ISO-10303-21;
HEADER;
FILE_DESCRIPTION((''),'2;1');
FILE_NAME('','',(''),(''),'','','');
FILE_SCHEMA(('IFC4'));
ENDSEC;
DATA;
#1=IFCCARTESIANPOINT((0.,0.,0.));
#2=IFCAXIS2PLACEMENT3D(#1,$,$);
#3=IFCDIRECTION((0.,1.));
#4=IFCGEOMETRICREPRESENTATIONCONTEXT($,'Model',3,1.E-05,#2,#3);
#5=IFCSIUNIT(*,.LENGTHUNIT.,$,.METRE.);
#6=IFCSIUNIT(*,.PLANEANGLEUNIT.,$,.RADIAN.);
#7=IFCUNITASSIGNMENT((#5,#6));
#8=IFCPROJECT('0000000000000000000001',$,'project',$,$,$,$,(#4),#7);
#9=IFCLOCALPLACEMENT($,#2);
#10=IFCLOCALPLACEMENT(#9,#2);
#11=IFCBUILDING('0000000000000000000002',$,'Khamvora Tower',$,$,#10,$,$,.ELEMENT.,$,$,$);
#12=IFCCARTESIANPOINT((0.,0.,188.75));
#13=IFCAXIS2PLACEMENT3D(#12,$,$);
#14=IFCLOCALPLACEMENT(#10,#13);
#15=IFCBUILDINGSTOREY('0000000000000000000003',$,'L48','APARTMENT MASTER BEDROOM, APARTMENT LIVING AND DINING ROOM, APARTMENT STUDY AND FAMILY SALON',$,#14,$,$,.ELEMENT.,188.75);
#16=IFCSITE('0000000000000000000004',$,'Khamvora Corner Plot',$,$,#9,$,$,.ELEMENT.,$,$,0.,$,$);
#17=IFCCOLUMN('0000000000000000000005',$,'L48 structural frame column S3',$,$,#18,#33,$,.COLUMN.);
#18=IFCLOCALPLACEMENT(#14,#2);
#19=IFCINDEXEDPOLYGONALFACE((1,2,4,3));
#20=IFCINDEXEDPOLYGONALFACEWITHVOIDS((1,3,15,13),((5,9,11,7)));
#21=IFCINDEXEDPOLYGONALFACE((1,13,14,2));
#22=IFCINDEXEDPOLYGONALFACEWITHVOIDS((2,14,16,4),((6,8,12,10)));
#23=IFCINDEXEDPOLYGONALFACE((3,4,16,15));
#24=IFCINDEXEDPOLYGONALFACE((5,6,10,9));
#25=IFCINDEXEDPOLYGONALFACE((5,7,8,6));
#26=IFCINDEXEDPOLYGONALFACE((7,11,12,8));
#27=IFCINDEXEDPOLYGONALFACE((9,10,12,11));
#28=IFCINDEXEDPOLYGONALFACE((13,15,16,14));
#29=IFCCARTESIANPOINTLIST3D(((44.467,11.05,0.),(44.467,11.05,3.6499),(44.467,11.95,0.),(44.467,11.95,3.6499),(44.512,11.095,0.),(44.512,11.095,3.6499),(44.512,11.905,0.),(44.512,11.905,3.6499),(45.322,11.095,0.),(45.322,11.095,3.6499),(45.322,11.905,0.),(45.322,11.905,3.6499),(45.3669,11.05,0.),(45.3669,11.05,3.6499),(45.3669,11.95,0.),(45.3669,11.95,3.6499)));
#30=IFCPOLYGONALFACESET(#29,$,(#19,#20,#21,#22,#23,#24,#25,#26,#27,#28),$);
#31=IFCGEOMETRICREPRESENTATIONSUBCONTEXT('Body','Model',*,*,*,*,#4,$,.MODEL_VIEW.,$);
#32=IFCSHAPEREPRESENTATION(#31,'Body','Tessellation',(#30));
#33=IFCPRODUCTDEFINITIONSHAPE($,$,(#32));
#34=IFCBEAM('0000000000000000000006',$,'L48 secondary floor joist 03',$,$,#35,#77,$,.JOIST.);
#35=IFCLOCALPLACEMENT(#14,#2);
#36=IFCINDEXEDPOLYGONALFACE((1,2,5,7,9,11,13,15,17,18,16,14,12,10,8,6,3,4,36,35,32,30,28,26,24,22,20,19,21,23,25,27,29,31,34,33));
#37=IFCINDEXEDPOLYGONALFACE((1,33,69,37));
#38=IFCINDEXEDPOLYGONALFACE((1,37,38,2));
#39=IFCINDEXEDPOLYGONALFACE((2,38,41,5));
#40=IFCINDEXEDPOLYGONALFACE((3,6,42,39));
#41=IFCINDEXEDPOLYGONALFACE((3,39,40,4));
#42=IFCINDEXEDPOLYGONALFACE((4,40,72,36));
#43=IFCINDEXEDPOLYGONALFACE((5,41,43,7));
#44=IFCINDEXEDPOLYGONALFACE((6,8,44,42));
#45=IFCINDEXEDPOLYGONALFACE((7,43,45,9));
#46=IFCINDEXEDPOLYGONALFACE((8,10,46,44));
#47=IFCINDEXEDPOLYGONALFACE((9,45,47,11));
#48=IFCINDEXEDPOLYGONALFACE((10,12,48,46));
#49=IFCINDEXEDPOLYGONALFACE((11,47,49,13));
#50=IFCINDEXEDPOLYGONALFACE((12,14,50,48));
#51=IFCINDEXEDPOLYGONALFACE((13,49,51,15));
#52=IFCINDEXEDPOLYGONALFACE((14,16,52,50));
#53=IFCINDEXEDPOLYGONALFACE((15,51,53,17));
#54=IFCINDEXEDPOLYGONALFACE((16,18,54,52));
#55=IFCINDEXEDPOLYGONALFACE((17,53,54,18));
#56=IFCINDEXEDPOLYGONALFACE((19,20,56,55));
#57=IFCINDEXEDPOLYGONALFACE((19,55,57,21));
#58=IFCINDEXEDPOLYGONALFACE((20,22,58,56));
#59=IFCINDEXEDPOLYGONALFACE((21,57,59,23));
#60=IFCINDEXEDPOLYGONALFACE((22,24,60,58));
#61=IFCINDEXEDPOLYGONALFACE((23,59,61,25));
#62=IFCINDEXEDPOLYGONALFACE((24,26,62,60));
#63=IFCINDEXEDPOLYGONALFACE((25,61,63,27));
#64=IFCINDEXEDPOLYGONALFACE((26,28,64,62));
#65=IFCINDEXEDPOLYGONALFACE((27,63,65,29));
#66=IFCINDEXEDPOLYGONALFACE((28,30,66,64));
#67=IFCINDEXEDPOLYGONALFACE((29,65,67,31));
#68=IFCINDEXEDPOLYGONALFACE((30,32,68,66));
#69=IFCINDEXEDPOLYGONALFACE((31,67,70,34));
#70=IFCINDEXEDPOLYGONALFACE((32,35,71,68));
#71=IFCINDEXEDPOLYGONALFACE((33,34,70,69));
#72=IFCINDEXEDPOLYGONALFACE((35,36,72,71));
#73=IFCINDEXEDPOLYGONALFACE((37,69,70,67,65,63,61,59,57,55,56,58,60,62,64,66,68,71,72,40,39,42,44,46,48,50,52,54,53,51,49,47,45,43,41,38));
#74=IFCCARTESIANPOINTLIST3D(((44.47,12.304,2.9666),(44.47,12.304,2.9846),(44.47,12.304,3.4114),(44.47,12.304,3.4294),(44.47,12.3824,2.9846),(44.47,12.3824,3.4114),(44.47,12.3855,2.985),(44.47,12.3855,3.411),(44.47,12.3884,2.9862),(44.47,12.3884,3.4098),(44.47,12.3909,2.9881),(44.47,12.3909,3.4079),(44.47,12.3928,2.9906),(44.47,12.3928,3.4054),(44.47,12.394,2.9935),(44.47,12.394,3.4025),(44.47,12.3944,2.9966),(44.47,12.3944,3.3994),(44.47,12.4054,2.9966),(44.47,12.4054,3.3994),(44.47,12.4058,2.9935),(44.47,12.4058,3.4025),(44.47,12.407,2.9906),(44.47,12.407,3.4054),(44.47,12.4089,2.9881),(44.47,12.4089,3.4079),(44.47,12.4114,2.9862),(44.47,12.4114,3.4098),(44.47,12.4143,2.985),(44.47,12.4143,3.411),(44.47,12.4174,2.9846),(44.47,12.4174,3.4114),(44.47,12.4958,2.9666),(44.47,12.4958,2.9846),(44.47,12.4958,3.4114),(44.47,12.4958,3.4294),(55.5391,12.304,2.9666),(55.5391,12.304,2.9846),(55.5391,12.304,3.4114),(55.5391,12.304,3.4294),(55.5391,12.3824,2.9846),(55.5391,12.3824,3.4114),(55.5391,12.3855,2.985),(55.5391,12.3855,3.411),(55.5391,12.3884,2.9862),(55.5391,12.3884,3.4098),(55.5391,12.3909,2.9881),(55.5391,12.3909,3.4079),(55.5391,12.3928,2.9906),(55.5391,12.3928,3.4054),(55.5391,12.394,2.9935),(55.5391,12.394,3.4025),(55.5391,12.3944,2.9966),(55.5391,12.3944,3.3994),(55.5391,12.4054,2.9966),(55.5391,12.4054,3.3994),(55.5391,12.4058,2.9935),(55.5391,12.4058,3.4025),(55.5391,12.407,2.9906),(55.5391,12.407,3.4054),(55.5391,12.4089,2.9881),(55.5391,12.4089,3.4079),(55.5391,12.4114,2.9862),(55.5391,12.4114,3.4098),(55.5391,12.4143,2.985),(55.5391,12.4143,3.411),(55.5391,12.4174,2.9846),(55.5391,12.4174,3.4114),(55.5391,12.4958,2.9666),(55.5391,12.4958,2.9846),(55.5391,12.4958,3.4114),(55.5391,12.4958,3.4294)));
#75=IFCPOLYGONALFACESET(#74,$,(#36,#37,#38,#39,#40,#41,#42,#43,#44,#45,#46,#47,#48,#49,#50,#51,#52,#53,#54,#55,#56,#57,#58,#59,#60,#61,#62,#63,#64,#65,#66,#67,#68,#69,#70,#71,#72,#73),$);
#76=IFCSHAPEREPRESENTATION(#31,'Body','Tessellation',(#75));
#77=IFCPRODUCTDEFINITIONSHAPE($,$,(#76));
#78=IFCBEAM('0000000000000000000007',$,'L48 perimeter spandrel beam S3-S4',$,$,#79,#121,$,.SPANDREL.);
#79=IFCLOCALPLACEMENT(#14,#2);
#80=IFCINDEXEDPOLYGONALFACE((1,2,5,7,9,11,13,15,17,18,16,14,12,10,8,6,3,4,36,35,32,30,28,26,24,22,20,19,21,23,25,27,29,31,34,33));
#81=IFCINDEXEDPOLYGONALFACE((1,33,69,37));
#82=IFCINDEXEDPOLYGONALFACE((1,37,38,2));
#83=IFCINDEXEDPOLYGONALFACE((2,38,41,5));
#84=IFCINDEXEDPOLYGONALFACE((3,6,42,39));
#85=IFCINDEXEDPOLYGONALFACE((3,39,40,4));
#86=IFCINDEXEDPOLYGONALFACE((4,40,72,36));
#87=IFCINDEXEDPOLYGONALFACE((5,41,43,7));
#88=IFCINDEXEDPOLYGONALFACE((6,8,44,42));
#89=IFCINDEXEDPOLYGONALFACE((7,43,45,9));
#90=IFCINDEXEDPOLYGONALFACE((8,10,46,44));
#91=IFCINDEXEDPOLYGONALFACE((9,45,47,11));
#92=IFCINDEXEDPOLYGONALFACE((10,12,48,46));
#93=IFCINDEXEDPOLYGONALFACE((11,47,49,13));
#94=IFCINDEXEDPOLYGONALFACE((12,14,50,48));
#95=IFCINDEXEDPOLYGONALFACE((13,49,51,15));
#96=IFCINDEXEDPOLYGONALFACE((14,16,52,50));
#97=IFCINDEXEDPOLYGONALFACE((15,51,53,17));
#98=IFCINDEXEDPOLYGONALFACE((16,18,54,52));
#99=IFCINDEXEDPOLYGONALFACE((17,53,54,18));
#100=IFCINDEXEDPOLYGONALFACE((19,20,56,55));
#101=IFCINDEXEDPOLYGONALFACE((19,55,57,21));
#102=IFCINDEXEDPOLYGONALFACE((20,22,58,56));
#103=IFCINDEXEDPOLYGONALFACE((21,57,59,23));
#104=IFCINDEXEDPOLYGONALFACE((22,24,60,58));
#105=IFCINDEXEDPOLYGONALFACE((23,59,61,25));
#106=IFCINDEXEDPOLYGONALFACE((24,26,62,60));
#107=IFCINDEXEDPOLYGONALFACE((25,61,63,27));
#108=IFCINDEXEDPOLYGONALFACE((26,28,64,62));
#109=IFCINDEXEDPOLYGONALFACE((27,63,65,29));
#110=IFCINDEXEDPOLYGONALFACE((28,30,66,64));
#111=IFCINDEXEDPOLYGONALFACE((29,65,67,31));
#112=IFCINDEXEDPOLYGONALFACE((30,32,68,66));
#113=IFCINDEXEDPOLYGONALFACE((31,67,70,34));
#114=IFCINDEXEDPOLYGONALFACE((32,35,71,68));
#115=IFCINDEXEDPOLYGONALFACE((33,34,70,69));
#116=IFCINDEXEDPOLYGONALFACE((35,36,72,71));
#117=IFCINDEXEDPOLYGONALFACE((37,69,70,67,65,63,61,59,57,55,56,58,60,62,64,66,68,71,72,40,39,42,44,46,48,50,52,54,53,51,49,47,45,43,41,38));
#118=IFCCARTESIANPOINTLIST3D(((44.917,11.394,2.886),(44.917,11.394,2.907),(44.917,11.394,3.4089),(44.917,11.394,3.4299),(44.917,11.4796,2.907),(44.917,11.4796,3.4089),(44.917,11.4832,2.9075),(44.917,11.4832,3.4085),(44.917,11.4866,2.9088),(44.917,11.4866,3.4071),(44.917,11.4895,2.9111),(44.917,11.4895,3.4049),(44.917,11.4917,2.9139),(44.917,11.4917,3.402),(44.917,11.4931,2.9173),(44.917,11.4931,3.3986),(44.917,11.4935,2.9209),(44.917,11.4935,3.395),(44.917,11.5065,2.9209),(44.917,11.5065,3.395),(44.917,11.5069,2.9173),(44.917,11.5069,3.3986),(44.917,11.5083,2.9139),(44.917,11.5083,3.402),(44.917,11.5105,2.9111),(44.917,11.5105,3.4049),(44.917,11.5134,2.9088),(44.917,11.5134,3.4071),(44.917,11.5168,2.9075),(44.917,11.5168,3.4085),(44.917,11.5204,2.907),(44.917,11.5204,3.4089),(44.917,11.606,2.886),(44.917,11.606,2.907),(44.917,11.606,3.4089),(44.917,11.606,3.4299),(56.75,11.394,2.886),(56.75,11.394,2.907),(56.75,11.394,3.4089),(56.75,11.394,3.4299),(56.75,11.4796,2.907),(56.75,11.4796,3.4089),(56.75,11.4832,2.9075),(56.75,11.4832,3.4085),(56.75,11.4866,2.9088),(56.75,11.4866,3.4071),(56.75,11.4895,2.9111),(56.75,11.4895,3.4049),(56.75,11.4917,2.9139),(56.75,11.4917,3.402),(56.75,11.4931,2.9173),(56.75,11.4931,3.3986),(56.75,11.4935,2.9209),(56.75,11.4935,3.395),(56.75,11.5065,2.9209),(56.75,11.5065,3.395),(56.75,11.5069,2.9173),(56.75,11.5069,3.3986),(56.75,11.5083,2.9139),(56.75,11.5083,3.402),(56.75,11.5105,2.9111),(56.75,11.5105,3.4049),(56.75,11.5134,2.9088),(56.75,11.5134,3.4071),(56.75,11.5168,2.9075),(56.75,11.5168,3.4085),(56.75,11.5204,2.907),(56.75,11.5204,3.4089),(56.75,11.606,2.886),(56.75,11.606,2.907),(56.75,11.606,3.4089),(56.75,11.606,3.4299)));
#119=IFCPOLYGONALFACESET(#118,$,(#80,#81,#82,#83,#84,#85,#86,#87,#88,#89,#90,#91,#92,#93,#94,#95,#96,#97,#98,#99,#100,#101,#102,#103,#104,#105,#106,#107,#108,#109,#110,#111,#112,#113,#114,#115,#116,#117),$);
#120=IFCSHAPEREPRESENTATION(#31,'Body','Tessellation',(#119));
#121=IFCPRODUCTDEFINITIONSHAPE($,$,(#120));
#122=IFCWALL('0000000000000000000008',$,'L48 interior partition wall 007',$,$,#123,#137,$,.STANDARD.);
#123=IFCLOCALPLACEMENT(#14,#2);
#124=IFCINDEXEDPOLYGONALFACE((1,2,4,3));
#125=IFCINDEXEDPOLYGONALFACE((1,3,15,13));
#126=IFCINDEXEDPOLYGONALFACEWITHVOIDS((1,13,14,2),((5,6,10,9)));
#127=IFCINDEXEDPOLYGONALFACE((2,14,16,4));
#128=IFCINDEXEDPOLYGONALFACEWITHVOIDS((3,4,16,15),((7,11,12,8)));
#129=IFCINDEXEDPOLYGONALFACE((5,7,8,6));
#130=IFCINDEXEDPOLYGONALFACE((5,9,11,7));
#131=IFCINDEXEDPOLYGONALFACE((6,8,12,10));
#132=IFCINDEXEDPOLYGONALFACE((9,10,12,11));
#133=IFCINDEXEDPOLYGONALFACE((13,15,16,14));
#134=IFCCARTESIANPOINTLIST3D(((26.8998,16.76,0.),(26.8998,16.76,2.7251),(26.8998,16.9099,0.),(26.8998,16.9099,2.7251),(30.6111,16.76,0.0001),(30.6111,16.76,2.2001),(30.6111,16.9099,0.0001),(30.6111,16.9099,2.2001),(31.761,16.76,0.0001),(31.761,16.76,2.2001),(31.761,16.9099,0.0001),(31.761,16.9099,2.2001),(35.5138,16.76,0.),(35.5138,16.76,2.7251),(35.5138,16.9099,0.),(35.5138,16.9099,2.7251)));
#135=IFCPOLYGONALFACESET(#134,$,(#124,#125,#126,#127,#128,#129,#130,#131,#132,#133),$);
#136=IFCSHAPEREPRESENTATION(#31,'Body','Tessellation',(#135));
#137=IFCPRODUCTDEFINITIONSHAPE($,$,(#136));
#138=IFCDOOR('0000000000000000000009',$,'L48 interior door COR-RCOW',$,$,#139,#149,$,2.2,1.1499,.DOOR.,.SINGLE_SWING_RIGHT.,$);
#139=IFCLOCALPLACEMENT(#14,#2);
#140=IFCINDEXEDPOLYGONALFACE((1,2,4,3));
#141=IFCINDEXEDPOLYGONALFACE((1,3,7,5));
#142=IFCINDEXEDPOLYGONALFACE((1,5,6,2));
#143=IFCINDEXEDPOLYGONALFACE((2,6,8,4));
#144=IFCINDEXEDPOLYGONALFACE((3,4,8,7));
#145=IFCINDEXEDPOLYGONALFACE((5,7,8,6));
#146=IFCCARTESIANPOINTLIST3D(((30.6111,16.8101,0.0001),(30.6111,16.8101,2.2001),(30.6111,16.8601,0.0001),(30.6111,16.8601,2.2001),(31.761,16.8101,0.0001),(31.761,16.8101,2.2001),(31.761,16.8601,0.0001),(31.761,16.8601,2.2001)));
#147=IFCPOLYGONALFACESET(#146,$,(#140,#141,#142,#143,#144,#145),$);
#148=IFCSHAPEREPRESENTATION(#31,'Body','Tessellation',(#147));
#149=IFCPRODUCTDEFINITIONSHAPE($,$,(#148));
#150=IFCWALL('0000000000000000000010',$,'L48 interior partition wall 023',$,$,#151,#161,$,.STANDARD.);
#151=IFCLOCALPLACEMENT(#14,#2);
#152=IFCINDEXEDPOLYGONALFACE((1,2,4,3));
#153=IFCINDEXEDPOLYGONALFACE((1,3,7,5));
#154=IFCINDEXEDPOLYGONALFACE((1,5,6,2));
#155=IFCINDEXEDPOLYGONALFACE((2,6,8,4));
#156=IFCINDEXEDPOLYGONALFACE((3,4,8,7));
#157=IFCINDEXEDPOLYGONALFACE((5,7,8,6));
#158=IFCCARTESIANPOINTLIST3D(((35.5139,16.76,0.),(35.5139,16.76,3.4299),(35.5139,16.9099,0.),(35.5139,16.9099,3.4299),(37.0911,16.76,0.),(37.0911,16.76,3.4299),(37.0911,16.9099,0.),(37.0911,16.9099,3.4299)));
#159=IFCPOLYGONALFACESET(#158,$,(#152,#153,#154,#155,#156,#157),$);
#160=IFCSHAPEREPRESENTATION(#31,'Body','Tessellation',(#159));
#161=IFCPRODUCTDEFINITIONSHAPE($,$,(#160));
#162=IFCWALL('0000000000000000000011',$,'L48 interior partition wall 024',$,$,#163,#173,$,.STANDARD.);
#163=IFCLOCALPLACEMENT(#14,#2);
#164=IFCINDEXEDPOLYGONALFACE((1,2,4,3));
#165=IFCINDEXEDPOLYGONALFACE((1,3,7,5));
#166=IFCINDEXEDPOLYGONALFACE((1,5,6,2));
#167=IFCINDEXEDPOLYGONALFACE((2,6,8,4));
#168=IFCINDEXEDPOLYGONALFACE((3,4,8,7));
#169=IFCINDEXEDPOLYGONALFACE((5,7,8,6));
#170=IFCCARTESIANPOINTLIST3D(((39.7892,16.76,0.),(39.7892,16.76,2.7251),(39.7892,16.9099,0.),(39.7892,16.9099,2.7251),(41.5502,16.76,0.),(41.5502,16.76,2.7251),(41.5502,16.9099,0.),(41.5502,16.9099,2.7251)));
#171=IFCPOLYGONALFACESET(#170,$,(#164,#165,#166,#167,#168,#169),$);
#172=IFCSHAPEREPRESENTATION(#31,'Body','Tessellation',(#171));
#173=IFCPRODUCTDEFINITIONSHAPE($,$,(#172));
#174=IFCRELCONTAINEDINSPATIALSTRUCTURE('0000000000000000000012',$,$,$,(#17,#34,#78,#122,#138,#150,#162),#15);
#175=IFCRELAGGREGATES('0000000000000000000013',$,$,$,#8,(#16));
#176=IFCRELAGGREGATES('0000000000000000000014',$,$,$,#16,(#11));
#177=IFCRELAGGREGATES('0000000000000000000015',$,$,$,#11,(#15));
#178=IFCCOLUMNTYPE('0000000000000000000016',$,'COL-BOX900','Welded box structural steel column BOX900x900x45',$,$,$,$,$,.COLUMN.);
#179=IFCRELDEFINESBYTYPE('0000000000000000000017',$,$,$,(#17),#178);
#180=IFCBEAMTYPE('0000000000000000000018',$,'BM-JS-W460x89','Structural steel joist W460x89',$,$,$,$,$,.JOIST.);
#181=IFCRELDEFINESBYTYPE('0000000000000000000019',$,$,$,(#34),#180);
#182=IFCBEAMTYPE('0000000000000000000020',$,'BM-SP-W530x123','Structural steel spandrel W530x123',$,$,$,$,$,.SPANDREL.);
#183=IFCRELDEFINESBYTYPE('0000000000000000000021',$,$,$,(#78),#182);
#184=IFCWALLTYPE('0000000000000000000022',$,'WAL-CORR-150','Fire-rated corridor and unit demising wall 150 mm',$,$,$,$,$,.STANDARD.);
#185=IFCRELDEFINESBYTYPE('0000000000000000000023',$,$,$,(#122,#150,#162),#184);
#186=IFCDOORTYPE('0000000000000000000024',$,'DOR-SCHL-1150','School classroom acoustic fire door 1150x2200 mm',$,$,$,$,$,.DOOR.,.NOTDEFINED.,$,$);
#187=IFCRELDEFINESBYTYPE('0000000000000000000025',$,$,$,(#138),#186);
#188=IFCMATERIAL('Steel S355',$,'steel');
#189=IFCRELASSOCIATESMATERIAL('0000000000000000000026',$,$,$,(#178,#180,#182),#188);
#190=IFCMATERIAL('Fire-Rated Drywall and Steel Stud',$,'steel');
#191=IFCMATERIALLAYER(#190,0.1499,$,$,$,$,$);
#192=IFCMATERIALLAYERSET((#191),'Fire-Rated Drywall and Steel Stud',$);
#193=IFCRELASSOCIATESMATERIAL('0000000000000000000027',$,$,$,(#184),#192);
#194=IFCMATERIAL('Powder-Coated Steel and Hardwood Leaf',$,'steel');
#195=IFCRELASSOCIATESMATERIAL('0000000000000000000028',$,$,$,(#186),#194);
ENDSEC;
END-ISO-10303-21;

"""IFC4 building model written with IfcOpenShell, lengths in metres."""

from ifc_helpers import new_model, si_unit, direction, frame, frame_2d, origin, origin_2d, place, context, subcontext, project, spatial, rectangle, hollow_rectangle, i_section, extrude, material, layer, layer_set, material_profile, profile_set, type_object, element, fill, save


model = new_model("IFC4")

# Units and contexts
model_context = context("Model", 3, precision=1e-05, world=origin(), true_north=direction((0.0, 1.0)))
body_context = subcontext(model_context, "Body", "Model", "MODEL_VIEW")
ifc_project = project(units=[si_unit("LENGTHUNIT", "METRE"), si_unit("PLANEANGLEUNIT", "RADIAN")], contexts=[model_context])

# Site, building, storey
site_placement = place(None, origin())
site = spatial("IfcSite", under=ifc_project, at=site_placement, Name="Khamvora Corner Plot", CompositionType="ELEMENT", RefElevation=0.0)
building_placement = place(site_placement, origin())
building = spatial("IfcBuilding", under=site, at=building_placement, Name="Khamvora Tower", CompositionType="ELEMENT")
storey_placement = place(building_placement, frame((0.0, 0.0, 188.75)))
storey = spatial("IfcBuildingStorey", under=building, at=storey_placement, Name="L48", Description="APARTMENT MASTER BEDROOM, APARTMENT LIVING AND DINING ROOM, APARTMENT STUDY AND FAMILY SALON", CompositionType="ELEMENT", Elevation=188.75)

# Column
ifc_material_1 = material(Name="Steel S355", Category="steel")
ifc_material_profile_1 = material_profile(ifc_material_1, hollow_rectangle(XDim=0.8999, YDim=0.8999, WallThickness=0.0449, at=origin_2d()), Name="BOX900x900x45")
ifc_profile_set_1 = profile_set([ifc_material_profile_1], Name="Steel S355")
column_type = type_object("IfcColumnType", Name="COL-BOX900", Description="Welded box structural steel column BOX900x900x45", PredefinedType="COLUMN", material=ifc_profile_set_1)
column_placement = place(storey_placement, frame((44.917, 11.5, 0.0), z_axis=(0.0, 0.0, 1.0), x_axis=(1.0, 0.0, 0.0)))
element("IfcColumn", 1, at=column_placement, inside=storey, type_object=column_type, Name="L48 structural frame column S3", PredefinedType="COLUMN", context=body_context, shape_type="SweptSolid", body=[
    extrude(hollow_rectangle(XDim=0.8999, YDim=0.8999, WallThickness=0.0449, at=origin_2d()), origin(), (0.0, 0.0, 1.0), 3.6499),
])

# Beams
ifc_material_profile_2 = material_profile(ifc_material_1, i_section(OverallWidth=0.1919, OverallDepth=0.4629, WebThickness=0.011, FlangeThickness=0.0181, FilletRadius=0.012, at=origin_2d()), Name="W460x89")
ifc_profile_set_2 = profile_set([ifc_material_profile_2], Name="Steel S355")
beam_type_1 = type_object("IfcBeamType", Name="BM-JS-W460x89", Description="Structural steel joist W460x89", PredefinedType="JOIST", material=ifc_profile_set_2)
beam_1_placement = place(storey_placement, frame((44.47, 12.3999, 3.198), z_axis=(1.0, 0.0, 0.0), x_axis=(0.0, 1.0, 0.0)))
element("IfcBeam", 2, at=beam_1_placement, inside=storey, type_object=beam_type_1, Name="L48 secondary floor joist 03", PredefinedType="JOIST", context=body_context, shape_type="SweptSolid", body=[
    extrude(i_section(OverallWidth=0.1919, OverallDepth=0.4629, WebThickness=0.011, FlangeThickness=0.0181, FilletRadius=0.012, at=origin_2d()), origin(), (0.0, 0.0, 1.0), 11.0691),
])
ifc_material_profile_3 = material_profile(ifc_material_1, i_section(OverallWidth=0.2119, OverallDepth=0.5439, WebThickness=0.0129, FlangeThickness=0.021, FilletRadius=0.0139, at=origin_2d()), Name="W530x123")
ifc_profile_set_3 = profile_set([ifc_material_profile_3], Name="Steel S355")
beam_type_2 = type_object("IfcBeamType", Name="BM-SP-W530x123", Description="Structural steel spandrel W530x123", PredefinedType="SPANDREL", material=ifc_profile_set_3)
beam_2_placement = place(storey_placement, frame((44.917, 11.5, 3.158), z_axis=(1.0, 0.0, 0.0), x_axis=(0.0, 1.0, 0.0)))
element("IfcBeam", 3, at=beam_2_placement, inside=storey, type_object=beam_type_2, Name="L48 perimeter spandrel beam S3-S4", PredefinedType="SPANDREL", context=body_context, shape_type="SweptSolid", body=[
    extrude(i_section(OverallWidth=0.2119, OverallDepth=0.5439, WebThickness=0.0129, FlangeThickness=0.021, FilletRadius=0.0139, at=origin_2d()), origin(), (0.0, 0.0, 1.0), 11.833),
])

# Wall, opening, door
ifc_material_2 = material(Name="Fire-Rated Drywall and Steel Stud", Category="steel")
ifc_layer_1 = layer(ifc_material_2, 0.1499)
ifc_layer_set_1 = layer_set([ifc_layer_1], Name="Fire-Rated Drywall and Steel Stud")
wall_type_1 = type_object("IfcWallType", Name="WAL-CORR-150", Description="Fire-rated corridor and unit demising wall 150 mm", PredefinedType="STANDARD", material=ifc_layer_set_1)
wall_1_placement = place(storey_placement, frame((35.5139, 16.835, 0.0), z_axis=(0.0, 0.0, 1.0), x_axis=(-1.0, 0.0, 0.0)))
wall_1 = element("IfcWall", 4, at=wall_1_placement, inside=storey, type_object=wall_type_1, Name="L48 interior partition wall 007", PredefinedType="STANDARD", context=body_context, shape_type="SweptSolid", body=[
    extrude(rectangle(XDim=8.614, YDim=0.1499, at=frame_2d((4.3071, 0.0))), origin(), (0.0, 0.0, 1.0), 2.7251),
])
opening_1_placement = place(wall_1_placement, frame((3.7529, 0.0, 0.0)))
opening_1 = element("IfcOpeningElement", 5, at=opening_1_placement, cuts=wall_1, PredefinedType="OPENING", context=body_context, shape_type="SweptSolid", body=[
    extrude(rectangle(XDim=1.1499, YDim=2.2, at=frame_2d((0.575, 1.1001))), frame((0.0, 0.085, 0.0), z_axis=(0.0, -1.0, 0.0), x_axis=(1.0, 0.0, 0.0)), (0.0, 0.0, 1.0), 0.1699),
])
ifc_material_3 = material(Name="Powder-Coated Steel and Hardwood Leaf", Category="steel")
door_type_1 = type_object("IfcDoorType", Name="DOR-SCHL-1150", Description="School classroom acoustic fire door 1150x2200 mm", OperationType="NOTDEFINED", PredefinedType="DOOR", material=ifc_material_3)
door_1_placement = place(opening_1_placement, origin())
door_1 = element("IfcDoor", 6, at=door_1_placement, inside=storey, type_object=door_type_1, Name="L48 interior door COR-RCOW", OperationType="SINGLE_SWING_RIGHT", OverallHeight=2.2, OverallWidth=1.1499, PredefinedType="DOOR", context=body_context, shape_type="SweptSolid", body=[
    extrude(rectangle(XDim=1.1499, YDim=2.2, at=frame_2d((0.575, 1.1001))), frame((0.0, 0.0249, 0.0), z_axis=(0.0, -1.0, 0.0), x_axis=(1.0, 0.0, 0.0)), (0.0, 0.0, 1.0), 0.05),
])
fill(opening_1, door_1)

# Walls
wall_2_placement = place(storey_placement, frame((37.0911, 16.835, 0.0), z_axis=(0.0, 0.0, 1.0), x_axis=(-1.0, 0.0, 0.0)))
element("IfcWall", 7, at=wall_2_placement, inside=storey, type_object=wall_type_1, Name="L48 interior partition wall 023", PredefinedType="STANDARD", context=body_context, shape_type="SweptSolid", body=[
    extrude(rectangle(XDim=1.5771, YDim=0.1499, at=frame_2d((0.7886, 0.0))), origin(), (0.0, 0.0, 1.0), 3.4299),
])
wall_3_placement = place(storey_placement, frame((41.55, 16.835, 0.0), z_axis=(0.0, 0.0, 1.0), x_axis=(-1.0, 0.0, 0.0)))
element("IfcWall", 8, at=wall_3_placement, inside=storey, type_object=wall_type_1, Name="L48 interior partition wall 024", PredefinedType="STANDARD", context=body_context, shape_type="SweptSolid", body=[
    extrude(rectangle(XDim=1.761, YDim=0.1499, at=frame_2d((0.8804, 0.0))), origin(), (0.0, 0.0, 1.0), 2.7251),
])

save(model, "model.ifc")
